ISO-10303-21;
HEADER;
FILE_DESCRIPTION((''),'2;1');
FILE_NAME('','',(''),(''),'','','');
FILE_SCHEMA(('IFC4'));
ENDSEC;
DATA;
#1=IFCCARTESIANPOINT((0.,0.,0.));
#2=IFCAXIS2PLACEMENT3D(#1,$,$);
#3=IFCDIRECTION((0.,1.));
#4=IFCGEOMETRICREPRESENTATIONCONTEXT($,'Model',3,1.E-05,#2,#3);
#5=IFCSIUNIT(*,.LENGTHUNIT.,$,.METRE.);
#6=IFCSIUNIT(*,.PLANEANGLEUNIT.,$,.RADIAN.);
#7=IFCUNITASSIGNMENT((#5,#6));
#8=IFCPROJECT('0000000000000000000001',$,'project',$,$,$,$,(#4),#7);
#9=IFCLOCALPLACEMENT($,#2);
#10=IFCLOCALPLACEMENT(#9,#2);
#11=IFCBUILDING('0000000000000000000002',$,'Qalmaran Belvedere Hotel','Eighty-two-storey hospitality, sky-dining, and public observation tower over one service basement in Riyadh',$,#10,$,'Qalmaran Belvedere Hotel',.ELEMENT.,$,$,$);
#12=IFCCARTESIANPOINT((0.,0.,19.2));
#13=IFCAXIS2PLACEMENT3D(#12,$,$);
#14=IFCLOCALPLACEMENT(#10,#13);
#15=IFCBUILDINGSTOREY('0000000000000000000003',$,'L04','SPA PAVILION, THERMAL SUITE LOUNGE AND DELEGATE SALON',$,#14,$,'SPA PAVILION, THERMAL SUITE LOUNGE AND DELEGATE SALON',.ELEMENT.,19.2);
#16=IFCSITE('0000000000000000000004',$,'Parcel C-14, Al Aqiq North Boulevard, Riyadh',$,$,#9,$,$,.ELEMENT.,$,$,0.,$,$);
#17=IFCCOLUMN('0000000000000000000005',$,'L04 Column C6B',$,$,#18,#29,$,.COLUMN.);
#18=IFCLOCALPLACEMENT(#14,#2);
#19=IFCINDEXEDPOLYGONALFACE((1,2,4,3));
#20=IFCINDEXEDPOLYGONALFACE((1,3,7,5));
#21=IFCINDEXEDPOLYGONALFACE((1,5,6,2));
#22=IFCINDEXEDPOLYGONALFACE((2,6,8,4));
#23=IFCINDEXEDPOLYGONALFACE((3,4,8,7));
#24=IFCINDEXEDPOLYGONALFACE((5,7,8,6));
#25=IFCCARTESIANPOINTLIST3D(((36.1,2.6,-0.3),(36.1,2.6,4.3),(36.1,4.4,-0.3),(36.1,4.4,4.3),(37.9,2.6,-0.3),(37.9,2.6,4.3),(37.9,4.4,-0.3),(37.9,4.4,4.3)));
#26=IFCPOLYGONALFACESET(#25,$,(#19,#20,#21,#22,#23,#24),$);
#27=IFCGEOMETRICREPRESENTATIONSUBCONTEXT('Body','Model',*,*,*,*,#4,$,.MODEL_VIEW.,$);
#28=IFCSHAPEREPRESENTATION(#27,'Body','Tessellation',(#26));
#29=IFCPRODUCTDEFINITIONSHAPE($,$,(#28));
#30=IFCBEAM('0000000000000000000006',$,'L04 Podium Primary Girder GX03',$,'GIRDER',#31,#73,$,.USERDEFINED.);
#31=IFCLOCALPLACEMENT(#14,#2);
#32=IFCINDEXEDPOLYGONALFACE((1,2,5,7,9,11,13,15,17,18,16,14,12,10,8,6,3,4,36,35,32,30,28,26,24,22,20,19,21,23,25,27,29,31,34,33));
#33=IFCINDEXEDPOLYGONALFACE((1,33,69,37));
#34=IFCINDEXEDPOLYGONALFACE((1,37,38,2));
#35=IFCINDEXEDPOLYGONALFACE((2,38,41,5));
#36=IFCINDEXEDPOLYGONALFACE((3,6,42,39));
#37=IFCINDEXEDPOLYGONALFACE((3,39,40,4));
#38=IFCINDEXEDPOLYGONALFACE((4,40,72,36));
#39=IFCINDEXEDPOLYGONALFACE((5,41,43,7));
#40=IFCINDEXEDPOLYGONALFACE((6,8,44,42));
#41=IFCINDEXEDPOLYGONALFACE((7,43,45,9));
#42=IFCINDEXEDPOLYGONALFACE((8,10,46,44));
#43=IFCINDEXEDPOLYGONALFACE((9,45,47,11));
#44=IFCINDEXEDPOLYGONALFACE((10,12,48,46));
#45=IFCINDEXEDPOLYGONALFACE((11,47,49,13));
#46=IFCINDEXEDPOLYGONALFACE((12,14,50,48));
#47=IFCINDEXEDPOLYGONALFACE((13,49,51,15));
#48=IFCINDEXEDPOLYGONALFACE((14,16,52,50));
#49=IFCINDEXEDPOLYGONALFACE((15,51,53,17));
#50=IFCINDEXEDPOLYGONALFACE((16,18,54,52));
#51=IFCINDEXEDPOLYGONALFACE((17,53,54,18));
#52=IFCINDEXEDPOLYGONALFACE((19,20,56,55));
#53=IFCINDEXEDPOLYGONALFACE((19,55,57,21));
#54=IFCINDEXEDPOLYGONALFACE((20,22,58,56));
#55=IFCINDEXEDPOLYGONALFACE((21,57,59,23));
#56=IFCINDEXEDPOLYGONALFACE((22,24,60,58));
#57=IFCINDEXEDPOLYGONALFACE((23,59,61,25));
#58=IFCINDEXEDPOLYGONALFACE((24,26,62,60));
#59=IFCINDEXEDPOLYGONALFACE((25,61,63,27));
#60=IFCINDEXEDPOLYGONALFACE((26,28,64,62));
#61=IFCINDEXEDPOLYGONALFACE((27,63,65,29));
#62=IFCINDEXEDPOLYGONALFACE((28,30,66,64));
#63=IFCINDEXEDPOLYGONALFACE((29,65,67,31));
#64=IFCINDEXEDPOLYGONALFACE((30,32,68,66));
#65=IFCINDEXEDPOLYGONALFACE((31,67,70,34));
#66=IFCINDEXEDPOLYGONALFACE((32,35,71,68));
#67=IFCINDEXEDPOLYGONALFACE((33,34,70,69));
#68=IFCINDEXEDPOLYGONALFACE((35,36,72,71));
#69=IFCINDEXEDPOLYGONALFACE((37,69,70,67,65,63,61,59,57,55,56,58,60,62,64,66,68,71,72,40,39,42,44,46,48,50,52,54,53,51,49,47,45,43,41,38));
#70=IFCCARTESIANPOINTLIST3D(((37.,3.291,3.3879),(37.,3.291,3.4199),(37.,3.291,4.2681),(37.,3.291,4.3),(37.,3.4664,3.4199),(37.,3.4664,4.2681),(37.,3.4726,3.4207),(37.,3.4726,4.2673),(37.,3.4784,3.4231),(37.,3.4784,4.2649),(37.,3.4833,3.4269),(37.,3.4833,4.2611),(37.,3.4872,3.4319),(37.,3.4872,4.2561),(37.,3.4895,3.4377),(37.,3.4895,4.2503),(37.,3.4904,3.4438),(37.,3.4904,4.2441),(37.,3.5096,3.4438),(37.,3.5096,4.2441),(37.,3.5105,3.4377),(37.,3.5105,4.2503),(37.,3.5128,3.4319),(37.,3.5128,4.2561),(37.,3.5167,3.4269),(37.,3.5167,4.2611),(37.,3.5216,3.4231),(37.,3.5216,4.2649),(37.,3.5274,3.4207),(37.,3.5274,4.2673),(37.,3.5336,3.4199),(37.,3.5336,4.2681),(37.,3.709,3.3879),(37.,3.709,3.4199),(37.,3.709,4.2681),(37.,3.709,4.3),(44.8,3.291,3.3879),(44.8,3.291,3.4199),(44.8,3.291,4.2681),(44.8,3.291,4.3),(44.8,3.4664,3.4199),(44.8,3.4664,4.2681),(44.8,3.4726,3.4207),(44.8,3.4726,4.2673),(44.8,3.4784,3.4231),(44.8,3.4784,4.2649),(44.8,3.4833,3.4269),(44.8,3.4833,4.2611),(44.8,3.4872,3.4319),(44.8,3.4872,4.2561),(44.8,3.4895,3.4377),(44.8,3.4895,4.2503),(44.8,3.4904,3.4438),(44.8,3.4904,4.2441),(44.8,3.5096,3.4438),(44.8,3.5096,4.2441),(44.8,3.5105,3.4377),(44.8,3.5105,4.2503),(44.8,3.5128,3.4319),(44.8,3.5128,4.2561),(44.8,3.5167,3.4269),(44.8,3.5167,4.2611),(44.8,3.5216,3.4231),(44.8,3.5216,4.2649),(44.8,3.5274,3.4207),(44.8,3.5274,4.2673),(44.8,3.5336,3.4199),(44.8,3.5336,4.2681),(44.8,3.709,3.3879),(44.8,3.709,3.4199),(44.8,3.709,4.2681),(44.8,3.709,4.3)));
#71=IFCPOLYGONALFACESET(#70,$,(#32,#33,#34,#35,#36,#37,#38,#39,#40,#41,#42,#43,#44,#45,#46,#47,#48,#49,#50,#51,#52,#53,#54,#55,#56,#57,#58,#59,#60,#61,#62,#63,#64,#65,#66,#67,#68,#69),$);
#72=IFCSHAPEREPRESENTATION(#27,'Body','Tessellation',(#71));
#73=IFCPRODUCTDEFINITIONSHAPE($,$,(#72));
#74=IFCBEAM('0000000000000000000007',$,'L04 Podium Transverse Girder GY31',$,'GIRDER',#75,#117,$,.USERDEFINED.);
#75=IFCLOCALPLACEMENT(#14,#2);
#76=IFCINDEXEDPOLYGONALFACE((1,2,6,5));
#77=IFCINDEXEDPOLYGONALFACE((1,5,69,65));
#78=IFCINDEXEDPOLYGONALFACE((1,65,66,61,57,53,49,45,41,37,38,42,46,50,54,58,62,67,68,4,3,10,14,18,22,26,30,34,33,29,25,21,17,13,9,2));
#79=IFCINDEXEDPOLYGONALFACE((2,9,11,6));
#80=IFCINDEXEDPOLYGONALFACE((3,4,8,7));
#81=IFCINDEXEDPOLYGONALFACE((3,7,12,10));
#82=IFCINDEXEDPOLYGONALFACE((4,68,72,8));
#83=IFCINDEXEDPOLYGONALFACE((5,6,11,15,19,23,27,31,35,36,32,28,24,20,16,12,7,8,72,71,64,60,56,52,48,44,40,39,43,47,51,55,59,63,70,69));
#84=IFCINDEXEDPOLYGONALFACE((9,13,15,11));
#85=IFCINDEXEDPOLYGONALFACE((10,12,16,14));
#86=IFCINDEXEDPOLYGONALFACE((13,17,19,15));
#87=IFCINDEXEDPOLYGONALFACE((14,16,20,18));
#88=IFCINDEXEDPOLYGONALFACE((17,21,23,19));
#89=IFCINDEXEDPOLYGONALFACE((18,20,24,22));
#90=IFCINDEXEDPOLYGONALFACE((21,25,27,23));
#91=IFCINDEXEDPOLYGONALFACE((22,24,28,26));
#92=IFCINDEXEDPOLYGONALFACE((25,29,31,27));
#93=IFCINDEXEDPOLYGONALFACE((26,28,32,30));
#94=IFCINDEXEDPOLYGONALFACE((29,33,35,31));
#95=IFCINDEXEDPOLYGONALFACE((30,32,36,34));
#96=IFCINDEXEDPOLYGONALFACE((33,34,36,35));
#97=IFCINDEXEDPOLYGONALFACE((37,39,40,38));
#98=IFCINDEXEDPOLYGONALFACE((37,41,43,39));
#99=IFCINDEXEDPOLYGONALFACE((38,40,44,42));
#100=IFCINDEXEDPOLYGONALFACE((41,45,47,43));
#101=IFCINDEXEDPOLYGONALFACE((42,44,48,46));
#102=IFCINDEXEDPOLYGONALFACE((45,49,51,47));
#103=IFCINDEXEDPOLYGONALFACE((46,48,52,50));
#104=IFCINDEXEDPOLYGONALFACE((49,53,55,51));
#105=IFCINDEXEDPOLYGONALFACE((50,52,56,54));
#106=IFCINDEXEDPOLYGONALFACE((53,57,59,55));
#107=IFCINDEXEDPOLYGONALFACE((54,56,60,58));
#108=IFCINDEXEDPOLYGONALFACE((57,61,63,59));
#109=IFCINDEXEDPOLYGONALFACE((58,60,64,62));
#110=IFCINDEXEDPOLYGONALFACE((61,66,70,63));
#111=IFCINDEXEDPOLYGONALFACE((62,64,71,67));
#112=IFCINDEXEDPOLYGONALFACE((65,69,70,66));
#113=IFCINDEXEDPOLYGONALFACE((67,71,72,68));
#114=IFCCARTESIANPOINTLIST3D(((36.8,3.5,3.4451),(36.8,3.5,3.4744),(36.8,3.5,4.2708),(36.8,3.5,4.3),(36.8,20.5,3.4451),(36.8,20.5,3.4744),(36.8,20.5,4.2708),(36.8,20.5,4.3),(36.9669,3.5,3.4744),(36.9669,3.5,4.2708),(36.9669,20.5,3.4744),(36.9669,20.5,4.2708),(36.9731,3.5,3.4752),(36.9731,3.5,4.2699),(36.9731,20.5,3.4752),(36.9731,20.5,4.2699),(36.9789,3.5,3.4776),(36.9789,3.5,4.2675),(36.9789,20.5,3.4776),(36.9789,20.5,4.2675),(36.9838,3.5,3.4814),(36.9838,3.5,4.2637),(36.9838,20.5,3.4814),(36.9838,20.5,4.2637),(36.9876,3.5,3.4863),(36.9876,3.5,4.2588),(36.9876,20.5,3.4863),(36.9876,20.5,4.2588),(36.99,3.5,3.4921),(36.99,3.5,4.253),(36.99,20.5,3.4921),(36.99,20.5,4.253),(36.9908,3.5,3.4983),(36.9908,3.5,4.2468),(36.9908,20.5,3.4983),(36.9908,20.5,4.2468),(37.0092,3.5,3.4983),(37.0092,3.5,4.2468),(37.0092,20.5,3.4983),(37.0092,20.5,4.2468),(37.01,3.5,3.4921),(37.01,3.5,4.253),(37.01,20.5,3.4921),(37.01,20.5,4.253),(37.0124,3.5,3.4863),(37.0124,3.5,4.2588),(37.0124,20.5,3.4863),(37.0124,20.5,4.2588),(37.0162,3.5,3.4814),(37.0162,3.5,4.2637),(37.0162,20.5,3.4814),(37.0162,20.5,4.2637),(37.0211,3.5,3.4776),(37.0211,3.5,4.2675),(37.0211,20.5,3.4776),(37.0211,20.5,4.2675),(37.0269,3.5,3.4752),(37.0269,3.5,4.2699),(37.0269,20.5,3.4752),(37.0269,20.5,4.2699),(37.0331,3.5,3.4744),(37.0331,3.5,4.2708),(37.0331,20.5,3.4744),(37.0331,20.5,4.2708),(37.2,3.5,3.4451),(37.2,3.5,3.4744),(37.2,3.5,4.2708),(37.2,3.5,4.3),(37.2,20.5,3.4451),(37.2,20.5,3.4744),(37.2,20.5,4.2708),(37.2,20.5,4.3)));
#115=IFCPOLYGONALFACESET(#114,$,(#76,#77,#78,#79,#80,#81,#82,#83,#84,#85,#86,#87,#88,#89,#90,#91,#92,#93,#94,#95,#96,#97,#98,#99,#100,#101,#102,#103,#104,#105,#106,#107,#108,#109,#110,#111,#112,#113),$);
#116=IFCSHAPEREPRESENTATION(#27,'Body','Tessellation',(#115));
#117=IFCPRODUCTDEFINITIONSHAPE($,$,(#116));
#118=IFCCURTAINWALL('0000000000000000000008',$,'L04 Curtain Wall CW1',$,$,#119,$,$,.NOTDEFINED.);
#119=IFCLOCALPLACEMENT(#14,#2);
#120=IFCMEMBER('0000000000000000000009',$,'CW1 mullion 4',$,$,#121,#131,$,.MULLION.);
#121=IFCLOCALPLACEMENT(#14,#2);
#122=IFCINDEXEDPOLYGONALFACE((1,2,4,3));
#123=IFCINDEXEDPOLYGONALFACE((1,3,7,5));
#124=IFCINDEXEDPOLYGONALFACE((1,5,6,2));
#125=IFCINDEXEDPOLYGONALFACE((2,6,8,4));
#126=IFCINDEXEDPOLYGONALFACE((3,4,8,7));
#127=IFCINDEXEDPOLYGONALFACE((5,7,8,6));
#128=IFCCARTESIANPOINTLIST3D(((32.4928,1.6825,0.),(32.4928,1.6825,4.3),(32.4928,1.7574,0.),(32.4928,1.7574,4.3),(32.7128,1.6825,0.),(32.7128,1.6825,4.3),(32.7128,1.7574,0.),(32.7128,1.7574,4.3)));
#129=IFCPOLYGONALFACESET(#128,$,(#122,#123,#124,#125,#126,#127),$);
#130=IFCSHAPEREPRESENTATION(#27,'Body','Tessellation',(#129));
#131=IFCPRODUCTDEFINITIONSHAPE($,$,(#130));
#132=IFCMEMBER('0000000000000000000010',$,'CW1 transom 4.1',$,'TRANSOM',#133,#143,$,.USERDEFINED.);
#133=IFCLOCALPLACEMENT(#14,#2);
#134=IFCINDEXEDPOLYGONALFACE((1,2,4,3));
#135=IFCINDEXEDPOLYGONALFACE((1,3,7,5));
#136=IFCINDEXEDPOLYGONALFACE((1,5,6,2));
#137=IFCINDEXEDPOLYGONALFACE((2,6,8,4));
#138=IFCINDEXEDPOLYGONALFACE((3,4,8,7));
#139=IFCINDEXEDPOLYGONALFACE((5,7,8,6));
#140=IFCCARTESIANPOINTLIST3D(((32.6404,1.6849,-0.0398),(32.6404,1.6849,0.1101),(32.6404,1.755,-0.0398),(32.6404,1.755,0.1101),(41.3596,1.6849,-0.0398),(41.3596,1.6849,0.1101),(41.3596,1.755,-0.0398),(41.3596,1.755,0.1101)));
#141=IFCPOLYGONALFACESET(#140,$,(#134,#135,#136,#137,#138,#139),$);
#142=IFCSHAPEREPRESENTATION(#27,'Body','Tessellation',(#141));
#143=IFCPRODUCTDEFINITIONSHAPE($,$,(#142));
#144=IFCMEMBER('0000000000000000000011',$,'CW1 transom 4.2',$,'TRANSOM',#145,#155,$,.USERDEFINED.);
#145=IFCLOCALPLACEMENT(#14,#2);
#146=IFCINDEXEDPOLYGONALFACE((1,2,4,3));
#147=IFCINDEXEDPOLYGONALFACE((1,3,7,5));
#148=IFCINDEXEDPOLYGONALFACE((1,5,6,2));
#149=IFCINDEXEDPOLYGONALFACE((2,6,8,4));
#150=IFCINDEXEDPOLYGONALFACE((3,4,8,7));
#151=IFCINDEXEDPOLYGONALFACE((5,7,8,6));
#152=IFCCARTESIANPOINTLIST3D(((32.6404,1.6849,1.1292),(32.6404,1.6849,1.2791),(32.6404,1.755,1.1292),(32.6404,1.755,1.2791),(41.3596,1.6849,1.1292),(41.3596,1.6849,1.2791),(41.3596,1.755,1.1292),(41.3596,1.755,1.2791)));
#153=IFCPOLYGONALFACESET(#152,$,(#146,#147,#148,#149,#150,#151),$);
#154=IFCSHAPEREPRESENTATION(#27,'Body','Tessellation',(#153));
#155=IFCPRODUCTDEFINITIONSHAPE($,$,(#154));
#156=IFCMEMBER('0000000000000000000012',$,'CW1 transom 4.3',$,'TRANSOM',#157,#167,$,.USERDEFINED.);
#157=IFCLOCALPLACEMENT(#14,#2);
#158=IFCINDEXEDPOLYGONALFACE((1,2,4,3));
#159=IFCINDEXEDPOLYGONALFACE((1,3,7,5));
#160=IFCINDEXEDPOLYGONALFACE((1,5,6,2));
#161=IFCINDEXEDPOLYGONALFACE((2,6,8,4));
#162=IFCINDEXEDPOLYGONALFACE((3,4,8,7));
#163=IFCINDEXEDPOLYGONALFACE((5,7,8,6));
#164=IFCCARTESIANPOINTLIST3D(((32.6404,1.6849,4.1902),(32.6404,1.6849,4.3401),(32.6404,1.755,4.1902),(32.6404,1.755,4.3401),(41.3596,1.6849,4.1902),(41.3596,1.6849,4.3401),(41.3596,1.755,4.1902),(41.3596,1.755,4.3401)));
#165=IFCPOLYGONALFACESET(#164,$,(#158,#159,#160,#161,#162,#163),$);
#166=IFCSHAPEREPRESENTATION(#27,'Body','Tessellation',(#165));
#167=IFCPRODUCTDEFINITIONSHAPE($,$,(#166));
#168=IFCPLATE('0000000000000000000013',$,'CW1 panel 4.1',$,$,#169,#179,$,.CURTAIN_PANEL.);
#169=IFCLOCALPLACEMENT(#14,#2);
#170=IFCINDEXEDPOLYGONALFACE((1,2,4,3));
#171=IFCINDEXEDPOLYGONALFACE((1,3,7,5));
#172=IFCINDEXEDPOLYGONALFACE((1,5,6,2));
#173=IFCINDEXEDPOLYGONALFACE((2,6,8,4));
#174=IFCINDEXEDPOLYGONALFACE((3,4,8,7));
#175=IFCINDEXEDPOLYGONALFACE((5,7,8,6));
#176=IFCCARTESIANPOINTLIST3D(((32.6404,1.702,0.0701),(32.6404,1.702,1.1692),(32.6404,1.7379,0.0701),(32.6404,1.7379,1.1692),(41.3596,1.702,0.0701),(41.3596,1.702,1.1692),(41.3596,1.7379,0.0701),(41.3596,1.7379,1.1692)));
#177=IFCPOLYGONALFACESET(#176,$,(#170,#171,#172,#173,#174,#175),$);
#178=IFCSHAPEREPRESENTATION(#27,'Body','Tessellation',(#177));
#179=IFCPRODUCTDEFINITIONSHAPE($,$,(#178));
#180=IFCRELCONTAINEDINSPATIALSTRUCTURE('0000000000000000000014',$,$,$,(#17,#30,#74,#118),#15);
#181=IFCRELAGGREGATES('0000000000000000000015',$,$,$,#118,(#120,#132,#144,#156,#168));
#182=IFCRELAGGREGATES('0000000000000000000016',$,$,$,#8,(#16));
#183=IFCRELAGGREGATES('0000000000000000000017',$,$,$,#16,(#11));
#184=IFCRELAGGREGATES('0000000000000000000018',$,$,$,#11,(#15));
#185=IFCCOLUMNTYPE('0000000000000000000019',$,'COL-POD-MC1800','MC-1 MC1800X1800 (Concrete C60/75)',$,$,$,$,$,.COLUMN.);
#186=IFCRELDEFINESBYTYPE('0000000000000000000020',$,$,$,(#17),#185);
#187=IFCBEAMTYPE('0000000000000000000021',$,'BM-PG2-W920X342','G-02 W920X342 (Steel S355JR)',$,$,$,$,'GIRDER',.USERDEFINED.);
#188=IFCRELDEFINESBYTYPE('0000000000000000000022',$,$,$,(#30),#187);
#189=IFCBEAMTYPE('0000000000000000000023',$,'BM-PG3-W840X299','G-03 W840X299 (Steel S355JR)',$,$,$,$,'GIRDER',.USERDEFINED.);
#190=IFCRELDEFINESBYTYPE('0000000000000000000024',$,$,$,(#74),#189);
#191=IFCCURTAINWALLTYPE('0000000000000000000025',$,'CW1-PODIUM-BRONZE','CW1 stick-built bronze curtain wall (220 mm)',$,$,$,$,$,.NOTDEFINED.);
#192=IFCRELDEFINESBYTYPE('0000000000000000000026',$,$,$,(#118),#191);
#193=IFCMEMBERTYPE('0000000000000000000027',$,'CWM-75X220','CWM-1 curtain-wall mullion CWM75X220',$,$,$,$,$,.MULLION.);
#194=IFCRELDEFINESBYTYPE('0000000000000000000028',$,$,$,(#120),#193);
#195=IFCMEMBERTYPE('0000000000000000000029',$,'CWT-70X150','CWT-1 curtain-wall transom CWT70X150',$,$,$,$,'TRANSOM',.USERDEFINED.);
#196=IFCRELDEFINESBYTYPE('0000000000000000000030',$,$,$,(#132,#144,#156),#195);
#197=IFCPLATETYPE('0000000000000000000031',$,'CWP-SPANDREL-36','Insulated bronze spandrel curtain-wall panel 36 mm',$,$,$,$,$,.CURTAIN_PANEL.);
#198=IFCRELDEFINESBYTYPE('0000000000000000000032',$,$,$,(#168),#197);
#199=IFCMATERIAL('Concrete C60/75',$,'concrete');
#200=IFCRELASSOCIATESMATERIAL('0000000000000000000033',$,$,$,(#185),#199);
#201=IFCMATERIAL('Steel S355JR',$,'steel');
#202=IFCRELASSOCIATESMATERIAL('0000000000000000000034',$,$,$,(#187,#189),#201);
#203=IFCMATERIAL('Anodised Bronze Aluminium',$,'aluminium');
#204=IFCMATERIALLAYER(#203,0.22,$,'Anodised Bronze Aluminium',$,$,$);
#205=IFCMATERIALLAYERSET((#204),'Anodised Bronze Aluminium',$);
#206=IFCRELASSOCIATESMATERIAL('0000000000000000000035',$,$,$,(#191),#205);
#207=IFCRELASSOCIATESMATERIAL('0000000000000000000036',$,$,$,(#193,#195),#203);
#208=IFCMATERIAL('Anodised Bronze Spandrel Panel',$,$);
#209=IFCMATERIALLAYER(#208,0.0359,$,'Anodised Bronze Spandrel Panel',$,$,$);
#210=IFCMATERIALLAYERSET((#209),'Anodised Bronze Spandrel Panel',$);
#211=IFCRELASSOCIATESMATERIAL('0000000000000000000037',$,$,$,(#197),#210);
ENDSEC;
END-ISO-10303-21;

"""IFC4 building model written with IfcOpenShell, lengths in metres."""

from ifc_helpers import new_model, si_unit, direction, frame, origin, origin_2d, place, context, subcontext, project, spatial, rectangle, i_section, extrude, material, layer, layer_set, material_profile, profile_set, type_object, element, aggregate, save


model = new_model("IFC4")

# Units and contexts
model_context = context("Model", 3, precision=1e-05, world=origin(), true_north=direction((0.0, 1.0)))
body_context = subcontext(model_context, "Body", "Model", "MODEL_VIEW")
ifc_project = project(units=[si_unit("LENGTHUNIT", "METRE"), si_unit("PLANEANGLEUNIT", "RADIAN")], contexts=[model_context])

# Site, building, storey
site_placement = place(None, origin())
site = spatial("IfcSite", under=ifc_project, at=site_placement, Name="Parcel C-14, Al Aqiq North Boulevard, Riyadh", CompositionType="ELEMENT", RefElevation=0.0)
building_placement = place(site_placement, origin())
building = spatial("IfcBuilding", under=site, at=building_placement, Name="Qalmaran Belvedere Hotel", Description="Eighty-two-storey hospitality, sky-dining, and public observation tower over one service basement in Riyadh", LongName="Qalmaran Belvedere Hotel", CompositionType="ELEMENT")
storey_placement = place(building_placement, frame((0.0, 0.0, 19.2)))
storey = spatial("IfcBuildingStorey", under=building, at=storey_placement, Name="L04", Description="SPA PAVILION, THERMAL SUITE LOUNGE AND DELEGATE SALON", LongName="SPA PAVILION, THERMAL SUITE LOUNGE AND DELEGATE SALON", CompositionType="ELEMENT", Elevation=19.2)

# Column
ifc_material_1 = material(Name="Concrete C60/75", Category="concrete")
ifc_material_profile_1 = material_profile(ifc_material_1, rectangle(XDim=1.8, YDim=1.8, at=origin_2d()), Name="MC1800X1800")
ifc_profile_set_1 = profile_set([ifc_material_profile_1], Name="Concrete C60/75")
column_type = type_object("IfcColumnType", Name="COL-POD-MC1800", Description="MC-1 MC1800X1800 (Concrete C60/75)", PredefinedType="COLUMN", material=ifc_profile_set_1)
column_placement = place(storey_placement, frame((37.0, 3.5, -0.3), z_axis=(0.0, 0.0, 1.0), x_axis=(1.0, 0.0, 0.0)))
element("IfcColumn", 1, at=column_placement, inside=storey, type_object=column_type, Name="L04 Column C6B", PredefinedType="COLUMN", context=body_context, shape_type="SweptSolid", body=[
    extrude(rectangle(XDim=1.8, YDim=1.8, at=origin_2d()), origin(), (0.0, 0.0, 1.0), 4.6001),
])

# Beams
ifc_material_2 = material(Name="Steel S355JR", Category="steel")
ifc_material_profile_2 = material_profile(ifc_material_2, i_section(OverallWidth=0.418, OverallDepth=0.9121, WebThickness=0.0193, FlangeThickness=0.032, FilletRadius=0.0239, at=origin_2d()), Name="W920X342")
ifc_profile_set_2 = profile_set([ifc_material_profile_2], Name="Steel S355JR")
beam_type_1 = type_object("IfcBeamType", Name="BM-PG2-W920X342", Description="G-02 W920X342 (Steel S355JR)", ElementType="GIRDER", PredefinedType="USERDEFINED", material=ifc_profile_set_2)
beam_1_placement = place(storey_placement, frame((37.0, 3.5, 3.844), z_axis=(1.0, 0.0, 0.0), x_axis=(0.0, 1.0, 0.0)))
element("IfcBeam", 2, at=beam_1_placement, inside=storey, type_object=beam_type_1, Name="L04 Podium Primary Girder GX03", ObjectType="GIRDER", PredefinedType="USERDEFINED", context=body_context, shape_type="SweptSolid", body=[
    extrude(i_section(OverallWidth=0.418, OverallDepth=0.9121, WebThickness=0.0193, FlangeThickness=0.032, FilletRadius=0.0239, at=origin_2d()), origin(), (0.0, 0.0, 1.0), 7.8),
])
ifc_material_profile_3 = material_profile(ifc_material_2, i_section(OverallWidth=0.3999, OverallDepth=0.855, WebThickness=0.0183, FlangeThickness=0.0293, FilletRadius=0.0239, at=origin_2d()), Name="W840X299")
ifc_profile_set_3 = profile_set([ifc_material_profile_3], Name="Steel S355JR")
beam_type_2 = type_object("IfcBeamType", Name="BM-PG3-W840X299", Description="G-03 W840X299 (Steel S355JR)", ElementType="GIRDER", PredefinedType="USERDEFINED", material=ifc_profile_set_3)
beam_2_placement = place(storey_placement, frame((37.0, 3.5, 3.8726), z_axis=(0.0, 1.0, 0.0), x_axis=(-1.0, 0.0, 0.0)))
element("IfcBeam", 3, at=beam_2_placement, inside=storey, type_object=beam_type_2, Name="L04 Podium Transverse Girder GY31", ObjectType="GIRDER", PredefinedType="USERDEFINED", context=body_context, shape_type="SweptSolid", body=[
    extrude(i_section(OverallWidth=0.3999, OverallDepth=0.855, WebThickness=0.0183, FlangeThickness=0.0293, FilletRadius=0.0239, at=origin_2d()), origin(), (0.0, 0.0, 1.0), 17.0),
])

# Curtain wall, members, plate
ifc_material_3 = material(Name="Anodised Bronze Aluminium", Category="aluminium")
ifc_layer_1 = layer(ifc_material_3, 0.22, Name="Anodised Bronze Aluminium")
ifc_layer_set_1 = layer_set([ifc_layer_1], Name="Anodised Bronze Aluminium")
curtain_wall_type = type_object("IfcCurtainWallType", Name="CW1-PODIUM-BRONZE", Description="CW1 stick-built bronze curtain wall (220 mm)", PredefinedType="NOTDEFINED", material=ifc_layer_set_1)
curtain_wall_placement = place(storey_placement, origin())
curtain_wall = element("IfcCurtainWall", 4, at=curtain_wall_placement, inside=storey, type_object=curtain_wall_type, Name="L04 Curtain Wall CW1", PredefinedType="NOTDEFINED")
ifc_material_profile_4 = material_profile(ifc_material_3, rectangle(XDim=0.075, YDim=0.22, at=origin_2d()), Name="CWM75X220")
ifc_profile_set_4 = profile_set([ifc_material_profile_4], Name="Anodised Bronze Aluminium")
member_type_1 = type_object("IfcMemberType", Name="CWM-75X220", Description="CWM-1 curtain-wall mullion CWM75X220", PredefinedType="MULLION", material=ifc_profile_set_4)
member_1_placement = place(storey_placement, frame((32.6028, 1.72, 0.0), z_axis=(0.0, 0.0, 1.0), x_axis=(0.0, 1.0, 0.0)))
member_1 = element("IfcMember", 5, at=member_1_placement, type_object=member_type_1, Name="CW1 mullion 4", PredefinedType="MULLION", context=body_context, shape_type="SweptSolid", body=[
    extrude(rectangle(XDim=0.075, YDim=0.22, at=origin_2d()), origin(), (0.0, 0.0, 1.0), 4.3),
])
ifc_material_profile_5 = material_profile(ifc_material_3, rectangle(XDim=0.0701, YDim=0.1499, at=origin_2d()), Name="CWT70X150")
ifc_profile_set_5 = profile_set([ifc_material_profile_5], Name="Anodised Bronze Aluminium")
member_type_2 = type_object("IfcMemberType", Name="CWT-70X150", Description="CWT-1 curtain-wall transom CWT70X150", ElementType="TRANSOM", PredefinedType="USERDEFINED", material=ifc_profile_set_5)
member_2_placement = place(storey_placement, frame((32.6404, 1.72, 0.0352), z_axis=(1.0, 0.0, 0.0), x_axis=(0.0, 1.0, 0.0)))
member_2 = element("IfcMember", 6, at=member_2_placement, type_object=member_type_2, Name="CW1 transom 4.1", ObjectType="TRANSOM", PredefinedType="USERDEFINED", context=body_context, shape_type="SweptSolid", body=[
    extrude(rectangle(XDim=0.0701, YDim=0.1499, at=origin_2d()), origin(), (0.0, 0.0, 1.0), 8.7192),
])
member_3_placement = place(storey_placement, frame((32.6404, 1.72, 1.2041), z_axis=(1.0, 0.0, 0.0), x_axis=(0.0, 1.0, 0.0)))
member_3 = element("IfcMember", 7, at=member_3_placement, type_object=member_type_2, Name="CW1 transom 4.2", ObjectType="TRANSOM", PredefinedType="USERDEFINED", context=body_context, shape_type="SweptSolid", body=[
    extrude(rectangle(XDim=0.0701, YDim=0.1499, at=origin_2d()), origin(), (0.0, 0.0, 1.0), 8.7192),
])
member_4_placement = place(storey_placement, frame((32.6404, 1.72, 4.2651), z_axis=(1.0, 0.0, 0.0), x_axis=(0.0, 1.0, 0.0)))
member_4 = element("IfcMember", 8, at=member_4_placement, type_object=member_type_2, Name="CW1 transom 4.3", ObjectType="TRANSOM", PredefinedType="USERDEFINED", context=body_context, shape_type="SweptSolid", body=[
    extrude(rectangle(XDim=0.0701, YDim=0.1499, at=origin_2d()), origin(), (0.0, 0.0, 1.0), 8.7192),
])
ifc_material_4 = material(Name="Anodised Bronze Spandrel Panel")
ifc_layer_2 = layer(ifc_material_4, 0.0359, Name="Anodised Bronze Spandrel Panel")
ifc_layer_set_2 = layer_set([ifc_layer_2], Name="Anodised Bronze Spandrel Panel")
plate_type_1 = type_object("IfcPlateType", Name="CWP-SPANDREL-36", Description="Insulated bronze spandrel curtain-wall panel 36 mm", PredefinedType="CURTAIN_PANEL", material=ifc_layer_set_2)
plate_1_placement = place(storey_placement, frame((37.0, 1.72, 0.0701), z_axis=(0.0, 0.0, 1.0), x_axis=(1.0, 0.0, 0.0)))
plate_1 = element("IfcPlate", 9, at=plate_1_placement, type_object=plate_type_1, Name="CW1 panel 4.1", PredefinedType="CURTAIN_PANEL", context=body_context, shape_type="SweptSolid", body=[
    extrude(rectangle(XDim=8.7192, YDim=0.0359, at=origin_2d()), origin(), (0.0, 0.0, 1.0), 1.0991),
])
aggregate(curtain_wall, [member_1, member_2, member_3, member_4, plate_1])

save(model, "model.ifc")
